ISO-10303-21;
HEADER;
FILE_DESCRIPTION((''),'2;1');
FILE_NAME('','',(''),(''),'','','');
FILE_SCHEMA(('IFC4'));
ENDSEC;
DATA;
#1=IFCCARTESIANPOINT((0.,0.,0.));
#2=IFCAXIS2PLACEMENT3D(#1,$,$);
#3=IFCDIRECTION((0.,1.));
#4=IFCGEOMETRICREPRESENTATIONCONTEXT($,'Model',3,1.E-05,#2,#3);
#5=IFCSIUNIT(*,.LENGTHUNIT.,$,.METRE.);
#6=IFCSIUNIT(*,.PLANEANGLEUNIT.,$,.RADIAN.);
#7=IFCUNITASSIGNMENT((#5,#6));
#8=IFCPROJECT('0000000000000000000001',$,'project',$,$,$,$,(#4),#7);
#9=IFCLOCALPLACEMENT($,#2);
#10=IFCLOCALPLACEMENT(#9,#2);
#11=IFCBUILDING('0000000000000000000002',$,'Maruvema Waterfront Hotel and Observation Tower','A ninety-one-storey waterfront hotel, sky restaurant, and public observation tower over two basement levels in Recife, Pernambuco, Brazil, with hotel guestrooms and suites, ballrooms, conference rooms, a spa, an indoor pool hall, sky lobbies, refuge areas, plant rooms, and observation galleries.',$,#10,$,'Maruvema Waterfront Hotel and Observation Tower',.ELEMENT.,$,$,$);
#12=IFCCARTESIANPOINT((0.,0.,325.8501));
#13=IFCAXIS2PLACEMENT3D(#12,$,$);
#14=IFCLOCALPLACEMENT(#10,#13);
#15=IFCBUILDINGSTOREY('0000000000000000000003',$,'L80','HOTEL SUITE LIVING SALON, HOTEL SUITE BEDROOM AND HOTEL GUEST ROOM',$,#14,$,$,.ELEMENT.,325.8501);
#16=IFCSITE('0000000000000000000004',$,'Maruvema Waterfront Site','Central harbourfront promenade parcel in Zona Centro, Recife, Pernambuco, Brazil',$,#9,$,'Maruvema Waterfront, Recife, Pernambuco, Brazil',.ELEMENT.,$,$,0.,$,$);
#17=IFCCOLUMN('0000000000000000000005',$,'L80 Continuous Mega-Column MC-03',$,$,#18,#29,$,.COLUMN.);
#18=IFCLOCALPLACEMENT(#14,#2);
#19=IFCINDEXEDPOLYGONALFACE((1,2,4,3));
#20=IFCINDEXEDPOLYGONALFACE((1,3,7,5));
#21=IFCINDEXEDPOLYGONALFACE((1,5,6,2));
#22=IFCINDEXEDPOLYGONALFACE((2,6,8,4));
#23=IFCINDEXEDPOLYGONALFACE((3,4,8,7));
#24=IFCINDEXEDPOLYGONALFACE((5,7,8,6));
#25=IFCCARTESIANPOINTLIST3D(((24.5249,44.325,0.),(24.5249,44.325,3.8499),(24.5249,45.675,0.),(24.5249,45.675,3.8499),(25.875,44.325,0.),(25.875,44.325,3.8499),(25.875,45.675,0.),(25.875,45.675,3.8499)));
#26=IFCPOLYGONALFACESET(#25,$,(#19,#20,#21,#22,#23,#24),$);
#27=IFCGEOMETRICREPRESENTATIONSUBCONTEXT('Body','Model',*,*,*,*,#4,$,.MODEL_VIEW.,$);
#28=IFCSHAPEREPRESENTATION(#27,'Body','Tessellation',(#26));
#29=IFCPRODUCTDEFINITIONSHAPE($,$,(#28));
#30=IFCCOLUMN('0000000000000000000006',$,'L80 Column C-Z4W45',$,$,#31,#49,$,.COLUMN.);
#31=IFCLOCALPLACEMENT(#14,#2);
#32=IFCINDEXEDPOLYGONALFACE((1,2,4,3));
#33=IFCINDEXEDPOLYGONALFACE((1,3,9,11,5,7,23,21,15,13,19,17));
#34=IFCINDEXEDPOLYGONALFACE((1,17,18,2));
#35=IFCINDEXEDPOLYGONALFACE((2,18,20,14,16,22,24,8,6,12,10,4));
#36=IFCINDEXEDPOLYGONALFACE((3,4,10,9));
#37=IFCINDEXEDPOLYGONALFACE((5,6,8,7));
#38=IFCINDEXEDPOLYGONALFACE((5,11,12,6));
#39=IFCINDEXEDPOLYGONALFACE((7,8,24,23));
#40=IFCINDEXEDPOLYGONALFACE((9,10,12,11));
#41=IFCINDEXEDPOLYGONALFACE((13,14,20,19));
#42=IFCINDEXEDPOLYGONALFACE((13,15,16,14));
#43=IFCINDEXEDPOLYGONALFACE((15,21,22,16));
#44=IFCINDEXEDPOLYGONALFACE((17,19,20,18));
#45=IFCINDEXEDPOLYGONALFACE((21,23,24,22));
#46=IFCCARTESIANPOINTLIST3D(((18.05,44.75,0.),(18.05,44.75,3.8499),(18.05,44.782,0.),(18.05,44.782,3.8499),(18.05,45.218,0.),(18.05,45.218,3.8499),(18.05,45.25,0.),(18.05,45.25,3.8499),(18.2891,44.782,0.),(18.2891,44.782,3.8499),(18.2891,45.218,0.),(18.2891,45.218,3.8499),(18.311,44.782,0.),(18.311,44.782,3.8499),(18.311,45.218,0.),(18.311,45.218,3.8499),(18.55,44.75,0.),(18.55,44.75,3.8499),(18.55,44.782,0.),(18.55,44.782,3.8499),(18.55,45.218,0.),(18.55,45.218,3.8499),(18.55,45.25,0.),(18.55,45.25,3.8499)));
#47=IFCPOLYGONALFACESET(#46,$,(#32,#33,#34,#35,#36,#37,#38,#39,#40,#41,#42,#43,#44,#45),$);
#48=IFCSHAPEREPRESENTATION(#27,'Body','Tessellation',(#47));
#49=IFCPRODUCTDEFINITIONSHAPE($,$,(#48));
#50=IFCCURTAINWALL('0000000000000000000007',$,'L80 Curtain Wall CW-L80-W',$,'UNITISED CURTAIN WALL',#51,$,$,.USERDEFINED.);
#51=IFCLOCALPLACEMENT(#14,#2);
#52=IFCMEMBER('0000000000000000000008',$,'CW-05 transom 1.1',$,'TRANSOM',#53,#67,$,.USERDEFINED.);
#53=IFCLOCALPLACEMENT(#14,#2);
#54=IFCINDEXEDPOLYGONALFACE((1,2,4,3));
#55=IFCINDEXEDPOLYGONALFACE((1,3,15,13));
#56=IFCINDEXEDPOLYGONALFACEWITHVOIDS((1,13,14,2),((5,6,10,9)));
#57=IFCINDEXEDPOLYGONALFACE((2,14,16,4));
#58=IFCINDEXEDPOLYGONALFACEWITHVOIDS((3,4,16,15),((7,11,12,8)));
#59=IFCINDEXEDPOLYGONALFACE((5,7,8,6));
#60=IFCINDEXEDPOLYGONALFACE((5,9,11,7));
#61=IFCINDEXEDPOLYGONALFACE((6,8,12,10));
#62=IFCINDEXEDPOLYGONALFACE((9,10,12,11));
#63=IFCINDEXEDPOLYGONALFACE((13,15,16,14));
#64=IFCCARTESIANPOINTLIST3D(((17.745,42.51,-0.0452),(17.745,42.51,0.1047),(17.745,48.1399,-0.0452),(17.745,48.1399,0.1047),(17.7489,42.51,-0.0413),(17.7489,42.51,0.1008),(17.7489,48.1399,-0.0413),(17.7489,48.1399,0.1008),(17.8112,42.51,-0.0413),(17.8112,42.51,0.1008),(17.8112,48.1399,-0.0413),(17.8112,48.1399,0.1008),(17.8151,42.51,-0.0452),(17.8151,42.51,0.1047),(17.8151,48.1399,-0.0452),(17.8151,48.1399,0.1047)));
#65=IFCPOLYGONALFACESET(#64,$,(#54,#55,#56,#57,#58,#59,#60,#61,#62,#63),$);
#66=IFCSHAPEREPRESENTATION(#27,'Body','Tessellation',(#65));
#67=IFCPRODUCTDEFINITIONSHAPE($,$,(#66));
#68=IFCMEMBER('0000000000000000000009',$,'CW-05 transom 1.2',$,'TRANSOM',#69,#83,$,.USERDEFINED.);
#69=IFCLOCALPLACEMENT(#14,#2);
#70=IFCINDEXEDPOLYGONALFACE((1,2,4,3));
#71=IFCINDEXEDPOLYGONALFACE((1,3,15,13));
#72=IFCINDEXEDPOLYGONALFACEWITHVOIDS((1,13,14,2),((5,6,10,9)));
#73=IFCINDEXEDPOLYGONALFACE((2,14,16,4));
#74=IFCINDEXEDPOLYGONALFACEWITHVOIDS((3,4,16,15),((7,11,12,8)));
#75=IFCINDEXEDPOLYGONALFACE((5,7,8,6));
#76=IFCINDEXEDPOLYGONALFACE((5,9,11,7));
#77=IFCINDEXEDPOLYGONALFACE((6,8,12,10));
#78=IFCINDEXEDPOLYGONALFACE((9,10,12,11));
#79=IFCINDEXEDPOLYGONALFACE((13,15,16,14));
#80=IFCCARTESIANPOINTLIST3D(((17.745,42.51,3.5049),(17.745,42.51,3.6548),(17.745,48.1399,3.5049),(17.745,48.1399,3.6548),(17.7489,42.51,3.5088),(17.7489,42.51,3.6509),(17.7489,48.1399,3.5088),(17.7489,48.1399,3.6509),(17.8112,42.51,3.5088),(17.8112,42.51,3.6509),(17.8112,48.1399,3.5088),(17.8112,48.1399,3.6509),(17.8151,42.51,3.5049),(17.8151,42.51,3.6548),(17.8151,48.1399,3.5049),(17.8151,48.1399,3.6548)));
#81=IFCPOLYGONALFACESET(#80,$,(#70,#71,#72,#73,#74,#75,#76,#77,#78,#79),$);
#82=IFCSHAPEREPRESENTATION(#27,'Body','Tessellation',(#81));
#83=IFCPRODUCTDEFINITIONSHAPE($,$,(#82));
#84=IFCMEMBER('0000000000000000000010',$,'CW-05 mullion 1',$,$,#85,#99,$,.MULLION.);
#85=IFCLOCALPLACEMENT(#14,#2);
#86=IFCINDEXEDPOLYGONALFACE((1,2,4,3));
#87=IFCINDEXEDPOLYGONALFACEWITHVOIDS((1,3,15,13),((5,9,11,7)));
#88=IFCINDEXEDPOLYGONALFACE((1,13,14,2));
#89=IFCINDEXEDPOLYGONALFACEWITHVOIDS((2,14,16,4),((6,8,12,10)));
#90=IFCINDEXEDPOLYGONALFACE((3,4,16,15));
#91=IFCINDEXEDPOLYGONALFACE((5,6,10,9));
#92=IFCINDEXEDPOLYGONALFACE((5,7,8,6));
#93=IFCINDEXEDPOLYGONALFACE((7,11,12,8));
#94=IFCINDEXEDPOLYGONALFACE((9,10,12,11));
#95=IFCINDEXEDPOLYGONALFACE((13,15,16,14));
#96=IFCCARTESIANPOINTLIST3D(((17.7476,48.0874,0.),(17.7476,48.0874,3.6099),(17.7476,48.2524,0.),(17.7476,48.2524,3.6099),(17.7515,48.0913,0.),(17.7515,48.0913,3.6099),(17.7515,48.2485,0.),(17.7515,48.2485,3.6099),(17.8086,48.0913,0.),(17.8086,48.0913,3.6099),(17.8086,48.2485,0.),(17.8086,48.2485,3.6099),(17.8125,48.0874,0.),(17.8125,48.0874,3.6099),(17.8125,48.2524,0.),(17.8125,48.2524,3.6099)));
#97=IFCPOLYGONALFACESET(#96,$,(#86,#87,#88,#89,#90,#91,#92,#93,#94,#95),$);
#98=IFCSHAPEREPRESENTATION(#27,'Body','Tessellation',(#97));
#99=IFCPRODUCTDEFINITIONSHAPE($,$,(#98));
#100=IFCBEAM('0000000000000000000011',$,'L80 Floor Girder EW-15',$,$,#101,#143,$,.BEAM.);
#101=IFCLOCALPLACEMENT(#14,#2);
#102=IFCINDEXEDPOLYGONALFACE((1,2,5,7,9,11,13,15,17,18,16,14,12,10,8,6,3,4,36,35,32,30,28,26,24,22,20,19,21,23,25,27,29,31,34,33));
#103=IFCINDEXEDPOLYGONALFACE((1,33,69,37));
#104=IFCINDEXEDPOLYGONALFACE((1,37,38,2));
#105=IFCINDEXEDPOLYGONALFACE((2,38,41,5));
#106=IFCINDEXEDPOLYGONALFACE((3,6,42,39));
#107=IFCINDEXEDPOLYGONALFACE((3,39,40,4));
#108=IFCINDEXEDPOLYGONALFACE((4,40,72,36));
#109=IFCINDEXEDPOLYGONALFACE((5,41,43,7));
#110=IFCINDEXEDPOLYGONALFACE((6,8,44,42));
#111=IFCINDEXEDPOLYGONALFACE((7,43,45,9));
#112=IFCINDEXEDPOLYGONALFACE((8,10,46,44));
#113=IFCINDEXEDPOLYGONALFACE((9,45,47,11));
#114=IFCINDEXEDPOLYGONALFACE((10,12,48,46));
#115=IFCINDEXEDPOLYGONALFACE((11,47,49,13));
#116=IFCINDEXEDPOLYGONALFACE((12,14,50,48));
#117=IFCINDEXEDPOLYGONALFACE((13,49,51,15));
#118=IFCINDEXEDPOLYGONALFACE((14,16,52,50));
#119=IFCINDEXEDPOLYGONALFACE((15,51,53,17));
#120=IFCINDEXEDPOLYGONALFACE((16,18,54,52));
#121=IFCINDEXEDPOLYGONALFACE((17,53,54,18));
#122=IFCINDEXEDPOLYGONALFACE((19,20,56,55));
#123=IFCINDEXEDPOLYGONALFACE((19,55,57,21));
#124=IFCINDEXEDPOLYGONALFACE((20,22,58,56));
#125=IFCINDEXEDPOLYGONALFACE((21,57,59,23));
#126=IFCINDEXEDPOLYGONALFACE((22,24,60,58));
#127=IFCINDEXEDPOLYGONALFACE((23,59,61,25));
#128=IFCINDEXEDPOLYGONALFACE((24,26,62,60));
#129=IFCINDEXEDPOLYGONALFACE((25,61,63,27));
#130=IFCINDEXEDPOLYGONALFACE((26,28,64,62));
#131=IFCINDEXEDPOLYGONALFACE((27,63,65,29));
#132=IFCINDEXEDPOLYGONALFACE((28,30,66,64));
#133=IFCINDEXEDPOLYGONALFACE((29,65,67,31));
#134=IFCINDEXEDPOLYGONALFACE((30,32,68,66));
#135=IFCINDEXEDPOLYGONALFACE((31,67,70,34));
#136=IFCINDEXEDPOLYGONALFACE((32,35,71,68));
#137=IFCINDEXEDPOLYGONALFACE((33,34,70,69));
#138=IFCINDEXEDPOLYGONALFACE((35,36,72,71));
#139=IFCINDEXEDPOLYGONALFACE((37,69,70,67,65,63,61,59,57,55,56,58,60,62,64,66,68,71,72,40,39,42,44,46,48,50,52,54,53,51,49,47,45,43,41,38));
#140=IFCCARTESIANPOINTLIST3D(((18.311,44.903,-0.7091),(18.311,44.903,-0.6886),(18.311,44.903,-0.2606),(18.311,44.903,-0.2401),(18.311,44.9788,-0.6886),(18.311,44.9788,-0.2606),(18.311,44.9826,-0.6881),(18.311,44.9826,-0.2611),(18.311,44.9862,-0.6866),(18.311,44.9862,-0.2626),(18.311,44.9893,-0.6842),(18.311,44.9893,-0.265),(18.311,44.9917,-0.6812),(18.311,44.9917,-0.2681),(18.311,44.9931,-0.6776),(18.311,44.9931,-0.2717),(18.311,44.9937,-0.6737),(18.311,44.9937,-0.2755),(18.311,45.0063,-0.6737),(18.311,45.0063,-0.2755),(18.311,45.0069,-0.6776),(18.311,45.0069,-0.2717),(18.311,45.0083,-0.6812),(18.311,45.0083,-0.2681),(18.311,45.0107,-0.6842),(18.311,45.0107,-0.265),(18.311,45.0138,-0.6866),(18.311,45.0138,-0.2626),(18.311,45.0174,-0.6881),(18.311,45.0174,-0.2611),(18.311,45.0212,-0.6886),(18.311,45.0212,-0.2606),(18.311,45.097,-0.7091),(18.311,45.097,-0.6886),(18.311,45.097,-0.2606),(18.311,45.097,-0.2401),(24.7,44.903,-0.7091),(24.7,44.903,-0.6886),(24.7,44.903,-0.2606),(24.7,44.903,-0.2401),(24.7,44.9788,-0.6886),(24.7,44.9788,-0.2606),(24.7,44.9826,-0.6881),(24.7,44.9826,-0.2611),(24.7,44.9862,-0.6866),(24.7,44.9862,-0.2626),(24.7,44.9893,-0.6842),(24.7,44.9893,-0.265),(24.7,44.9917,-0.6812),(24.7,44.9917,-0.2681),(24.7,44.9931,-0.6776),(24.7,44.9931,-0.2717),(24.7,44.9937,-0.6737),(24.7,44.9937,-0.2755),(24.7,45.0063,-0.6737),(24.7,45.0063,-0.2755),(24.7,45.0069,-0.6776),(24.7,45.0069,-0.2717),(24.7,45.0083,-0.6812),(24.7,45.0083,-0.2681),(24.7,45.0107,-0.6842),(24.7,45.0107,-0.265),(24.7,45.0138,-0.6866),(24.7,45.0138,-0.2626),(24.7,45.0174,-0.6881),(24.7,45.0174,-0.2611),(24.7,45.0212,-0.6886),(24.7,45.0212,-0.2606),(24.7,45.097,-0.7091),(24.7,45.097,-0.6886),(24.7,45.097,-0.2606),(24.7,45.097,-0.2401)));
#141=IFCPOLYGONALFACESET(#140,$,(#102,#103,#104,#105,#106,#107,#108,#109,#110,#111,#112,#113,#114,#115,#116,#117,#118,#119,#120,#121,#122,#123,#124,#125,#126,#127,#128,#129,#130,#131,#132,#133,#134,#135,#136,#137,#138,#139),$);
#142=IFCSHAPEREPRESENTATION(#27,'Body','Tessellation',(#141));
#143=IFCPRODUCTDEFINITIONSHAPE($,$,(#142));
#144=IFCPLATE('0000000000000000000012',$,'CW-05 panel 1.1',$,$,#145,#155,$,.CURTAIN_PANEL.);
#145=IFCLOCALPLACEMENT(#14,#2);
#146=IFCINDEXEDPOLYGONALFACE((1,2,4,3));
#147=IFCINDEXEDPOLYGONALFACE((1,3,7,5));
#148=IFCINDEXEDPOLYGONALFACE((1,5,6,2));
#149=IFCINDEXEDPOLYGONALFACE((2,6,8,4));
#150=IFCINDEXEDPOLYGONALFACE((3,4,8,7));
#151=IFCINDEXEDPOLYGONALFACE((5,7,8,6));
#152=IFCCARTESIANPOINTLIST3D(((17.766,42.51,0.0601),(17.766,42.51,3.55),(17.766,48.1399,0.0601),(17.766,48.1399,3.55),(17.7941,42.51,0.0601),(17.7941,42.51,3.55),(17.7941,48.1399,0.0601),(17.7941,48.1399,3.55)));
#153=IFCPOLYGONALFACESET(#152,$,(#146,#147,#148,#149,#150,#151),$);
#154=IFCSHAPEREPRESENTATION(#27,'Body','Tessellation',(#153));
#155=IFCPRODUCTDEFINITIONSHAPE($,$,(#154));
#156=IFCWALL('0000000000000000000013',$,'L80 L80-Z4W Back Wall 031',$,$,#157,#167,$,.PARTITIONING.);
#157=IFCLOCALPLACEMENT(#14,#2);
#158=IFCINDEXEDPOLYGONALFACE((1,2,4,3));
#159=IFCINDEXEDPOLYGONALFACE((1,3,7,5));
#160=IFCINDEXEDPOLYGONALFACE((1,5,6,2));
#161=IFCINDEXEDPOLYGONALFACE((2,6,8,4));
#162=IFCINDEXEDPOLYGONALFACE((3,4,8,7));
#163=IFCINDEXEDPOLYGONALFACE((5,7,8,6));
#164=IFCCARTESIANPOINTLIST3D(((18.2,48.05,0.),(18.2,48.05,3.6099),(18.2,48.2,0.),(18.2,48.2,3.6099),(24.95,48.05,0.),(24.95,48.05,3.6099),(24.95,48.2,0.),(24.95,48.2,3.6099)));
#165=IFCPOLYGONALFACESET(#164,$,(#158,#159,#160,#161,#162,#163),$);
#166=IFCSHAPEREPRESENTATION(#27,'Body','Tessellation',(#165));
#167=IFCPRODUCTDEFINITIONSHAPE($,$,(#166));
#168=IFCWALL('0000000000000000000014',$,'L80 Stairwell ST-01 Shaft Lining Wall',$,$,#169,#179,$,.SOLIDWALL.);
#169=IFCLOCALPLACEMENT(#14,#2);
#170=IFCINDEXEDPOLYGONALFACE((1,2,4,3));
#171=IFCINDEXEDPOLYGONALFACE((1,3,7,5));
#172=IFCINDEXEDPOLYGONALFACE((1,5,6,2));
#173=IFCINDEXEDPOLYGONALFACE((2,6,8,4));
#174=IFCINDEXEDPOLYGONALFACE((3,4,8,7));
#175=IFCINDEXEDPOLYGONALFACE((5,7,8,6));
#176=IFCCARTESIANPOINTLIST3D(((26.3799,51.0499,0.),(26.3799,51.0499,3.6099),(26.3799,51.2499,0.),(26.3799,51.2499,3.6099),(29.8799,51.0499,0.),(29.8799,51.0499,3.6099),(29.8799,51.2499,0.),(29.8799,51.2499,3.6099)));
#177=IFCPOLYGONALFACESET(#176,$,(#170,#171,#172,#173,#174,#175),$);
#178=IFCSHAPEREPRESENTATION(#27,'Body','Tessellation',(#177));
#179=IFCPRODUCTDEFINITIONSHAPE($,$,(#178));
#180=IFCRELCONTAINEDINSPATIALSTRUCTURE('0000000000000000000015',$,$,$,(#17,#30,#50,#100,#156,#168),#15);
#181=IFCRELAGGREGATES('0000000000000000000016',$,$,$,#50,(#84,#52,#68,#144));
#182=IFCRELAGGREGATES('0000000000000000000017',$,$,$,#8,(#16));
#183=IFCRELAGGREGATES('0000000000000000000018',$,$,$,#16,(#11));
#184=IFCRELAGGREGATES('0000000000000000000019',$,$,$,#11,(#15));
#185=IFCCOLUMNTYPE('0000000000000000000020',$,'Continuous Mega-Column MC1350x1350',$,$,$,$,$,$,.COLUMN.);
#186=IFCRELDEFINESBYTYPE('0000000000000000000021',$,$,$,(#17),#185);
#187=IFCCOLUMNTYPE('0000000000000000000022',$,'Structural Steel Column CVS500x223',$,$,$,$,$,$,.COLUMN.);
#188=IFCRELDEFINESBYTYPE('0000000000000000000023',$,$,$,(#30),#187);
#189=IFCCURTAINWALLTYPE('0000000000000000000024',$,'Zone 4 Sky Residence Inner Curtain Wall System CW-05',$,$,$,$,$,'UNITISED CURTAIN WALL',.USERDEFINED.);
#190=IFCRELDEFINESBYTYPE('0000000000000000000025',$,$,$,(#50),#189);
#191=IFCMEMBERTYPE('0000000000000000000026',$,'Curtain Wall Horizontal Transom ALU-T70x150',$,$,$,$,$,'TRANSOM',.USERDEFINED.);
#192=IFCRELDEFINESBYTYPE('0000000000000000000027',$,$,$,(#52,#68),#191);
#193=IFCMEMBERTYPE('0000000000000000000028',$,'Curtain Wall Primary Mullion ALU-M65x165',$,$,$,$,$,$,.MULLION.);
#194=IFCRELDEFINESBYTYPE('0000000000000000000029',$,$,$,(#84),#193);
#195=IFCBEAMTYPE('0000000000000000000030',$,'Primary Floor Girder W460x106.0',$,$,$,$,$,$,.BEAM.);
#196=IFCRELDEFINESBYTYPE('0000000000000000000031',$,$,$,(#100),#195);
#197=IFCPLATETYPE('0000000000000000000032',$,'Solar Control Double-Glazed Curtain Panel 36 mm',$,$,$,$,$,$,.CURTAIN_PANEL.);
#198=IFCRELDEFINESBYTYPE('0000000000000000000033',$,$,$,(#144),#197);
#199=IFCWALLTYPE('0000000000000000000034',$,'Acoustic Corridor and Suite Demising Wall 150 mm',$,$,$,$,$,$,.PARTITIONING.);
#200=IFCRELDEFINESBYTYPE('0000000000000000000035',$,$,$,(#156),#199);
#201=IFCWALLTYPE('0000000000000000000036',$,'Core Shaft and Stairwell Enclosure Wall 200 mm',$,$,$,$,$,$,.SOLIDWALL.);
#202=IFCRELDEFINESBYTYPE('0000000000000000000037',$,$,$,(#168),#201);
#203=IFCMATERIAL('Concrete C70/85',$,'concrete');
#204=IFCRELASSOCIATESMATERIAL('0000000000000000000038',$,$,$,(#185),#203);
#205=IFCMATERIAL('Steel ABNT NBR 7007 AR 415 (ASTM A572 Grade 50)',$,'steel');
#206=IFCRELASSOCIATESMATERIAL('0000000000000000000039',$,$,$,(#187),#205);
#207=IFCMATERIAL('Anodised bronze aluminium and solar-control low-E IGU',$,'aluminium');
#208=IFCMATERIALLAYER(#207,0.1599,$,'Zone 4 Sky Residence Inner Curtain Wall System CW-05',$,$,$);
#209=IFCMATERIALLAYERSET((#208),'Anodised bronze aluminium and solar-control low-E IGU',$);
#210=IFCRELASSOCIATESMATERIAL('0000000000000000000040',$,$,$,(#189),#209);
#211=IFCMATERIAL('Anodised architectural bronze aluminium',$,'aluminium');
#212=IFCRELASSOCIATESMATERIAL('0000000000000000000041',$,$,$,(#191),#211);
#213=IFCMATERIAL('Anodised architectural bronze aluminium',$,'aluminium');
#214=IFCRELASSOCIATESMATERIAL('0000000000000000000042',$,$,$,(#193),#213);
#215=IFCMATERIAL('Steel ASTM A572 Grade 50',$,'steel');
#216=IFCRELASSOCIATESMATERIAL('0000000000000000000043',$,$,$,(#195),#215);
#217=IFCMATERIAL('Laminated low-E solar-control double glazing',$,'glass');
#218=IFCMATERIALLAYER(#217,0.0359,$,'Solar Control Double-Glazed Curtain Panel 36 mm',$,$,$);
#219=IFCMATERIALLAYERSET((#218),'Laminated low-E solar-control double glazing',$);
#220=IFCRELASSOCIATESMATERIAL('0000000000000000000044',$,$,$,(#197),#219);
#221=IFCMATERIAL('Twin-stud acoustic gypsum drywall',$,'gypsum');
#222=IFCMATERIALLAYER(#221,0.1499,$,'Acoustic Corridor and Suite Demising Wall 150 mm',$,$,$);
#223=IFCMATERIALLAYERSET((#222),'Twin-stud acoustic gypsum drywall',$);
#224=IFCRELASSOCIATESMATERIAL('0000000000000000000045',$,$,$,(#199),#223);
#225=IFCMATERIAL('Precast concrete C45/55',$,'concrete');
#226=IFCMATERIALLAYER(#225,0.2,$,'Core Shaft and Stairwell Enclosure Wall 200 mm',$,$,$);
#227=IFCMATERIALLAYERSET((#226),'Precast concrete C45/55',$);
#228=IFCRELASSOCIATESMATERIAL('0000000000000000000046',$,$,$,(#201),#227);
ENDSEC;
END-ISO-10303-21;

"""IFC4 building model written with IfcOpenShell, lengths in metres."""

from ifc_helpers import new_model, si_unit, direction, frame, frame_2d, origin, origin_2d, place, context, subcontext, project, spatial, rectangle, hollow_rectangle, i_section, extrude, material, layer, layer_set, material_profile, profile_set, type_object, element, aggregate, save


model = new_model("IFC4")

# Units and contexts
model_context = context("Model", 3, precision=1e-05, world=origin(), true_north=direction((0.0, 1.0)))
body_context = subcontext(model_context, "Body", "Model", "MODEL_VIEW")
ifc_project = project(units=[si_unit("LENGTHUNIT", "METRE"), si_unit("PLANEANGLEUNIT", "RADIAN")], contexts=[model_context])

# Site, building, storey
site_placement = place(None, origin())
site = spatial("IfcSite", under=ifc_project, at=site_placement, Name="Maruvema Waterfront Site", Description="Central harbourfront promenade parcel in Zona Centro, Recife, Pernambuco, Brazil", LongName="Maruvema Waterfront, Recife, Pernambuco, Brazil", CompositionType="ELEMENT", RefElevation=0.0)
building_placement = place(site_placement, origin())
building = spatial("IfcBuilding", under=site, at=building_placement, Name="Maruvema Waterfront Hotel and Observation Tower", Description="A ninety-one-storey waterfront hotel, sky restaurant, and public observation tower over two basement levels in Recife, Pernambuco, Brazil, with hotel guestrooms and suites, ballrooms, conference rooms, a spa, an indoor pool hall, sky lobbies, refuge areas, plant rooms, and observation galleries.", LongName="Maruvema Waterfront Hotel and Observation Tower", CompositionType="ELEMENT")
storey_placement = place(building_placement, frame((0.0, 0.0, 325.8501)))
storey = spatial("IfcBuildingStorey", under=building, at=storey_placement, Name="L80", Description="HOTEL SUITE LIVING SALON, HOTEL SUITE BEDROOM AND HOTEL GUEST ROOM", CompositionType="ELEMENT", Elevation=325.8501)

# Columns
ifc_material_1 = material(Name="Concrete C70/85", Category="concrete")
ifc_material_profile_1 = material_profile(ifc_material_1, rectangle(XDim=1.3501, YDim=1.3501, at=origin_2d()), Name="MC1350x1350")
ifc_profile_set_1 = profile_set([ifc_material_profile_1], Name="Concrete C70/85")
column_type_1 = type_object("IfcColumnType", Name="Continuous Mega-Column MC1350x1350", PredefinedType="COLUMN", material=ifc_profile_set_1)
column_1_placement = place(storey_placement, frame((25.2, 45.0, 0.0), z_axis=(0.0, 0.0, 1.0), x_axis=(1.0, 0.0, 0.0)))
element("IfcColumn", 1, at=column_1_placement, inside=storey, type_object=column_type_1, Name="L80 Continuous Mega-Column MC-03", PredefinedType="COLUMN", context=body_context, shape_type="SweptSolid", body=[
    extrude(rectangle(XDim=1.3501, YDim=1.3501, at=origin_2d()), origin(), (0.0, 0.0, 1.0), 3.8499),
])
ifc_material_2 = material(Name="Steel ABNT NBR 7007 AR 415 (ASTM A572 Grade 50)", Category="steel")
ifc_material_profile_2 = material_profile(ifc_material_2, i_section(OverallWidth=0.5, OverallDepth=0.5, WebThickness=0.022, FlangeThickness=0.032, at=origin_2d()), Name="CVS500x223")
ifc_profile_set_2 = profile_set([ifc_material_profile_2], Name="Steel ABNT NBR 7007 AR 415 (ASTM A572 Grade 50)")
column_type_2 = type_object("IfcColumnType", Name="Structural Steel Column CVS500x223", PredefinedType="COLUMN", material=ifc_profile_set_2)
column_2_placement = place(storey_placement, frame((18.3, 45.0, 0.0), z_axis=(0.0, 0.0, 1.0), x_axis=(1.0, 0.0, 0.0)))
element("IfcColumn", 2, at=column_2_placement, inside=storey, type_object=column_type_2, Name="L80 Column C-Z4W45", PredefinedType="COLUMN", context=body_context, shape_type="SweptSolid", body=[
    extrude(i_section(OverallWidth=0.5, OverallDepth=0.5, WebThickness=0.022, FlangeThickness=0.032, at=origin_2d()), origin(), (0.0, 0.0, 1.0), 3.8499),
])

# Curtain wall, members
ifc_material_3 = material(Name="Anodised bronze aluminium and solar-control low-E IGU", Category="aluminium")
ifc_layer_1 = layer(ifc_material_3, 0.1599, Name="Zone 4 Sky Residence Inner Curtain Wall System CW-05")
ifc_layer_set_1 = layer_set([ifc_layer_1], Name="Anodised bronze aluminium and solar-control low-E IGU")
curtain_wall_type = type_object("IfcCurtainWallType", Name="Zone 4 Sky Residence Inner Curtain Wall System CW-05", ElementType="UNITISED CURTAIN WALL", PredefinedType="USERDEFINED", material=ifc_layer_set_1)
curtain_wall_placement = place(storey_placement, origin())
curtain_wall = element("IfcCurtainWall", 3, at=curtain_wall_placement, inside=storey, type_object=curtain_wall_type, Name="L80 Curtain Wall CW-L80-W", ObjectType="UNITISED CURTAIN WALL", PredefinedType="USERDEFINED")
ifc_material_4 = material(Name="Anodised architectural bronze aluminium", Category="aluminium")
ifc_material_profile_3 = material_profile(ifc_material_4, hollow_rectangle(XDim=0.0701, YDim=0.1499, WallThickness=0.0039, at=origin_2d()), Name="ALU-T70x150")
ifc_profile_set_3 = profile_set([ifc_material_profile_3], Name="Anodised architectural bronze aluminium")
member_type_1 = type_object("IfcMemberType", Name="Curtain Wall Horizontal Transom ALU-T70x150", ElementType="TRANSOM", PredefinedType="USERDEFINED", material=ifc_profile_set_3)
member_1_placement = place(storey_placement, frame((17.78, 48.1399, 0.0298), z_axis=(0.0, -1.0, 0.0), x_axis=(1.0, 0.0, 0.0)))
member_1 = element("IfcMember", 4, at=member_1_placement, type_object=member_type_1, Name="CW-05 transom 1.1", ObjectType="TRANSOM", PredefinedType="USERDEFINED", context=body_context, shape_type="SweptSolid", body=[
    extrude(hollow_rectangle(XDim=0.0701, YDim=0.1499, WallThickness=0.0039, at=origin_2d()), origin(), (0.0, 0.0, 1.0), 5.6299),
])
member_2_placement = place(storey_placement, frame((17.78, 48.1399, 3.5798), z_axis=(0.0, -1.0, 0.0), x_axis=(1.0, 0.0, 0.0)))
member_2 = element("IfcMember", 5, at=member_2_placement, type_object=member_type_1, Name="CW-05 transom 1.2", ObjectType="TRANSOM", PredefinedType="USERDEFINED", context=body_context, shape_type="SweptSolid", body=[
    extrude(hollow_rectangle(XDim=0.0701, YDim=0.1499, WallThickness=0.0039, at=origin_2d()), origin(), (0.0, 0.0, 1.0), 5.6299),
])
ifc_material_5 = material(Name="Anodised architectural bronze aluminium", Category="aluminium")
ifc_material_profile_4 = material_profile(ifc_material_5, hollow_rectangle(XDim=0.0649, YDim=0.165, WallThickness=0.0039, at=origin_2d()), Name="ALU-M65x165")
ifc_profile_set_4 = profile_set([ifc_material_profile_4], Name="Anodised architectural bronze aluminium")
member_type_2 = type_object("IfcMemberType", Name="Curtain Wall Primary Mullion ALU-M65x165", PredefinedType="MULLION", material=ifc_profile_set_4)
member_3_placement = place(storey_placement, frame((17.78, 48.1699, 0.0), z_axis=(0.0, 0.0, 1.0), x_axis=(1.0, 0.0, 0.0)))
member_3 = element("IfcMember", 6, at=member_3_placement, type_object=member_type_2, Name="CW-05 mullion 1", PredefinedType="MULLION", context=body_context, shape_type="SweptSolid", body=[
    extrude(hollow_rectangle(XDim=0.0649, YDim=0.165, WallThickness=0.0039, at=origin_2d()), origin(), (0.0, 0.0, 1.0), 3.6099),
])

# Beam
ifc_material_6 = material(Name="Steel ASTM A572 Grade 50", Category="steel")
ifc_material_profile_5 = material_profile(ifc_material_6, i_section(OverallWidth=0.1941, OverallDepth=0.469, WebThickness=0.0127, FlangeThickness=0.0205, FilletRadius=0.0149, at=origin_2d()), Name="W460x106.0")
ifc_profile_set_5 = profile_set([ifc_material_profile_5], Name="Steel ASTM A572 Grade 50")
beam_type = type_object("IfcBeamType", Name="Primary Floor Girder W460x106.0", PredefinedType="BEAM", material=ifc_profile_set_5)
beam_placement = place(storey_placement, frame((18.311, 45.0, -0.4746), z_axis=(1.0, 0.0, 0.0), x_axis=(0.0, 1.0, 0.0)))
element("IfcBeam", 7, at=beam_placement, inside=storey, type_object=beam_type, Name="L80 Floor Girder EW-15", PredefinedType="BEAM", context=body_context, shape_type="SweptSolid", body=[
    extrude(i_section(OverallWidth=0.1941, OverallDepth=0.469, WebThickness=0.0127, FlangeThickness=0.0205, FilletRadius=0.0149, at=origin_2d()), origin(), (0.0, 0.0, 1.0), 6.3889),
])

# Plate
ifc_material_7 = material(Name="Laminated low-E solar-control double glazing", Category="glass")
ifc_layer_2 = layer(ifc_material_7, 0.0359, Name="Solar Control Double-Glazed Curtain Panel 36 mm")
ifc_layer_set_2 = layer_set([ifc_layer_2], Name="Laminated low-E solar-control double glazing")
plate_type = type_object("IfcPlateType", Name="Solar Control Double-Glazed Curtain Panel 36 mm", PredefinedType="CURTAIN_PANEL", material=ifc_layer_set_2)
plate_placement = place(storey_placement, frame((17.78, 45.325, 0.0601), z_axis=(0.0, 0.0, 1.0), x_axis=(0.0, -1.0, 0.0)))
plate = element("IfcPlate", 8, at=plate_placement, type_object=plate_type, Name="CW-05 panel 1.1", PredefinedType="CURTAIN_PANEL", context=body_context, shape_type="SweptSolid", body=[
    extrude(rectangle(XDim=5.6299, YDim=0.0281, at=origin_2d()), origin(), (0.0, 0.0, 1.0), 3.49),
])
aggregate(curtain_wall, [member_3, member_1, member_2, plate])

# Walls
ifc_material_8 = material(Name="Twin-stud acoustic gypsum drywall", Category="gypsum")
ifc_layer_3 = layer(ifc_material_8, 0.1499, Name="Acoustic Corridor and Suite Demising Wall 150 mm")
ifc_layer_set_3 = layer_set([ifc_layer_3], Name="Twin-stud acoustic gypsum drywall")
wall_type_1 = type_object("IfcWallType", Name="Acoustic Corridor and Suite Demising Wall 150 mm", PredefinedType="PARTITIONING", material=ifc_layer_set_3)
wall_1_placement = place(storey_placement, frame((18.2, 48.125, 0.0), z_axis=(0.0, 0.0, 1.0), x_axis=(1.0, 0.0, 0.0)))
element("IfcWall", 9, at=wall_1_placement, inside=storey, type_object=wall_type_1, Name="L80 L80-Z4W Back Wall 031", PredefinedType="PARTITIONING", context=body_context, shape_type="SweptSolid", body=[
    extrude(rectangle(XDim=6.75, YDim=0.1499, at=frame_2d((3.375, 0.0))), origin(), (0.0, 0.0, 1.0), 3.6099),
])
ifc_material_9 = material(Name="Precast concrete C45/55", Category="concrete")
ifc_layer_4 = layer(ifc_material_9, 0.2, Name="Core Shaft and Stairwell Enclosure Wall 200 mm")
ifc_layer_set_4 = layer_set([ifc_layer_4], Name="Precast concrete C45/55")
wall_type_2 = type_object("IfcWallType", Name="Core Shaft and Stairwell Enclosure Wall 200 mm", PredefinedType="SOLIDWALL", material=ifc_layer_set_4)
wall_2_placement = place(storey_placement, frame((26.3799, 51.1499, 0.0), z_axis=(0.0, 0.0, 1.0), x_axis=(1.0, 0.0, 0.0)))
element("IfcWall", 10, at=wall_2_placement, inside=storey, type_object=wall_type_2, Name="L80 Stairwell ST-01 Shaft Lining Wall", PredefinedType="SOLIDWALL", context=body_context, shape_type="SweptSolid", body=[
    extrude(rectangle(XDim=3.5, YDim=0.2, at=frame_2d((1.75, 0.0))), origin(), (0.0, 0.0, 1.0), 3.6099),
])

save(model, "model.ifc")
